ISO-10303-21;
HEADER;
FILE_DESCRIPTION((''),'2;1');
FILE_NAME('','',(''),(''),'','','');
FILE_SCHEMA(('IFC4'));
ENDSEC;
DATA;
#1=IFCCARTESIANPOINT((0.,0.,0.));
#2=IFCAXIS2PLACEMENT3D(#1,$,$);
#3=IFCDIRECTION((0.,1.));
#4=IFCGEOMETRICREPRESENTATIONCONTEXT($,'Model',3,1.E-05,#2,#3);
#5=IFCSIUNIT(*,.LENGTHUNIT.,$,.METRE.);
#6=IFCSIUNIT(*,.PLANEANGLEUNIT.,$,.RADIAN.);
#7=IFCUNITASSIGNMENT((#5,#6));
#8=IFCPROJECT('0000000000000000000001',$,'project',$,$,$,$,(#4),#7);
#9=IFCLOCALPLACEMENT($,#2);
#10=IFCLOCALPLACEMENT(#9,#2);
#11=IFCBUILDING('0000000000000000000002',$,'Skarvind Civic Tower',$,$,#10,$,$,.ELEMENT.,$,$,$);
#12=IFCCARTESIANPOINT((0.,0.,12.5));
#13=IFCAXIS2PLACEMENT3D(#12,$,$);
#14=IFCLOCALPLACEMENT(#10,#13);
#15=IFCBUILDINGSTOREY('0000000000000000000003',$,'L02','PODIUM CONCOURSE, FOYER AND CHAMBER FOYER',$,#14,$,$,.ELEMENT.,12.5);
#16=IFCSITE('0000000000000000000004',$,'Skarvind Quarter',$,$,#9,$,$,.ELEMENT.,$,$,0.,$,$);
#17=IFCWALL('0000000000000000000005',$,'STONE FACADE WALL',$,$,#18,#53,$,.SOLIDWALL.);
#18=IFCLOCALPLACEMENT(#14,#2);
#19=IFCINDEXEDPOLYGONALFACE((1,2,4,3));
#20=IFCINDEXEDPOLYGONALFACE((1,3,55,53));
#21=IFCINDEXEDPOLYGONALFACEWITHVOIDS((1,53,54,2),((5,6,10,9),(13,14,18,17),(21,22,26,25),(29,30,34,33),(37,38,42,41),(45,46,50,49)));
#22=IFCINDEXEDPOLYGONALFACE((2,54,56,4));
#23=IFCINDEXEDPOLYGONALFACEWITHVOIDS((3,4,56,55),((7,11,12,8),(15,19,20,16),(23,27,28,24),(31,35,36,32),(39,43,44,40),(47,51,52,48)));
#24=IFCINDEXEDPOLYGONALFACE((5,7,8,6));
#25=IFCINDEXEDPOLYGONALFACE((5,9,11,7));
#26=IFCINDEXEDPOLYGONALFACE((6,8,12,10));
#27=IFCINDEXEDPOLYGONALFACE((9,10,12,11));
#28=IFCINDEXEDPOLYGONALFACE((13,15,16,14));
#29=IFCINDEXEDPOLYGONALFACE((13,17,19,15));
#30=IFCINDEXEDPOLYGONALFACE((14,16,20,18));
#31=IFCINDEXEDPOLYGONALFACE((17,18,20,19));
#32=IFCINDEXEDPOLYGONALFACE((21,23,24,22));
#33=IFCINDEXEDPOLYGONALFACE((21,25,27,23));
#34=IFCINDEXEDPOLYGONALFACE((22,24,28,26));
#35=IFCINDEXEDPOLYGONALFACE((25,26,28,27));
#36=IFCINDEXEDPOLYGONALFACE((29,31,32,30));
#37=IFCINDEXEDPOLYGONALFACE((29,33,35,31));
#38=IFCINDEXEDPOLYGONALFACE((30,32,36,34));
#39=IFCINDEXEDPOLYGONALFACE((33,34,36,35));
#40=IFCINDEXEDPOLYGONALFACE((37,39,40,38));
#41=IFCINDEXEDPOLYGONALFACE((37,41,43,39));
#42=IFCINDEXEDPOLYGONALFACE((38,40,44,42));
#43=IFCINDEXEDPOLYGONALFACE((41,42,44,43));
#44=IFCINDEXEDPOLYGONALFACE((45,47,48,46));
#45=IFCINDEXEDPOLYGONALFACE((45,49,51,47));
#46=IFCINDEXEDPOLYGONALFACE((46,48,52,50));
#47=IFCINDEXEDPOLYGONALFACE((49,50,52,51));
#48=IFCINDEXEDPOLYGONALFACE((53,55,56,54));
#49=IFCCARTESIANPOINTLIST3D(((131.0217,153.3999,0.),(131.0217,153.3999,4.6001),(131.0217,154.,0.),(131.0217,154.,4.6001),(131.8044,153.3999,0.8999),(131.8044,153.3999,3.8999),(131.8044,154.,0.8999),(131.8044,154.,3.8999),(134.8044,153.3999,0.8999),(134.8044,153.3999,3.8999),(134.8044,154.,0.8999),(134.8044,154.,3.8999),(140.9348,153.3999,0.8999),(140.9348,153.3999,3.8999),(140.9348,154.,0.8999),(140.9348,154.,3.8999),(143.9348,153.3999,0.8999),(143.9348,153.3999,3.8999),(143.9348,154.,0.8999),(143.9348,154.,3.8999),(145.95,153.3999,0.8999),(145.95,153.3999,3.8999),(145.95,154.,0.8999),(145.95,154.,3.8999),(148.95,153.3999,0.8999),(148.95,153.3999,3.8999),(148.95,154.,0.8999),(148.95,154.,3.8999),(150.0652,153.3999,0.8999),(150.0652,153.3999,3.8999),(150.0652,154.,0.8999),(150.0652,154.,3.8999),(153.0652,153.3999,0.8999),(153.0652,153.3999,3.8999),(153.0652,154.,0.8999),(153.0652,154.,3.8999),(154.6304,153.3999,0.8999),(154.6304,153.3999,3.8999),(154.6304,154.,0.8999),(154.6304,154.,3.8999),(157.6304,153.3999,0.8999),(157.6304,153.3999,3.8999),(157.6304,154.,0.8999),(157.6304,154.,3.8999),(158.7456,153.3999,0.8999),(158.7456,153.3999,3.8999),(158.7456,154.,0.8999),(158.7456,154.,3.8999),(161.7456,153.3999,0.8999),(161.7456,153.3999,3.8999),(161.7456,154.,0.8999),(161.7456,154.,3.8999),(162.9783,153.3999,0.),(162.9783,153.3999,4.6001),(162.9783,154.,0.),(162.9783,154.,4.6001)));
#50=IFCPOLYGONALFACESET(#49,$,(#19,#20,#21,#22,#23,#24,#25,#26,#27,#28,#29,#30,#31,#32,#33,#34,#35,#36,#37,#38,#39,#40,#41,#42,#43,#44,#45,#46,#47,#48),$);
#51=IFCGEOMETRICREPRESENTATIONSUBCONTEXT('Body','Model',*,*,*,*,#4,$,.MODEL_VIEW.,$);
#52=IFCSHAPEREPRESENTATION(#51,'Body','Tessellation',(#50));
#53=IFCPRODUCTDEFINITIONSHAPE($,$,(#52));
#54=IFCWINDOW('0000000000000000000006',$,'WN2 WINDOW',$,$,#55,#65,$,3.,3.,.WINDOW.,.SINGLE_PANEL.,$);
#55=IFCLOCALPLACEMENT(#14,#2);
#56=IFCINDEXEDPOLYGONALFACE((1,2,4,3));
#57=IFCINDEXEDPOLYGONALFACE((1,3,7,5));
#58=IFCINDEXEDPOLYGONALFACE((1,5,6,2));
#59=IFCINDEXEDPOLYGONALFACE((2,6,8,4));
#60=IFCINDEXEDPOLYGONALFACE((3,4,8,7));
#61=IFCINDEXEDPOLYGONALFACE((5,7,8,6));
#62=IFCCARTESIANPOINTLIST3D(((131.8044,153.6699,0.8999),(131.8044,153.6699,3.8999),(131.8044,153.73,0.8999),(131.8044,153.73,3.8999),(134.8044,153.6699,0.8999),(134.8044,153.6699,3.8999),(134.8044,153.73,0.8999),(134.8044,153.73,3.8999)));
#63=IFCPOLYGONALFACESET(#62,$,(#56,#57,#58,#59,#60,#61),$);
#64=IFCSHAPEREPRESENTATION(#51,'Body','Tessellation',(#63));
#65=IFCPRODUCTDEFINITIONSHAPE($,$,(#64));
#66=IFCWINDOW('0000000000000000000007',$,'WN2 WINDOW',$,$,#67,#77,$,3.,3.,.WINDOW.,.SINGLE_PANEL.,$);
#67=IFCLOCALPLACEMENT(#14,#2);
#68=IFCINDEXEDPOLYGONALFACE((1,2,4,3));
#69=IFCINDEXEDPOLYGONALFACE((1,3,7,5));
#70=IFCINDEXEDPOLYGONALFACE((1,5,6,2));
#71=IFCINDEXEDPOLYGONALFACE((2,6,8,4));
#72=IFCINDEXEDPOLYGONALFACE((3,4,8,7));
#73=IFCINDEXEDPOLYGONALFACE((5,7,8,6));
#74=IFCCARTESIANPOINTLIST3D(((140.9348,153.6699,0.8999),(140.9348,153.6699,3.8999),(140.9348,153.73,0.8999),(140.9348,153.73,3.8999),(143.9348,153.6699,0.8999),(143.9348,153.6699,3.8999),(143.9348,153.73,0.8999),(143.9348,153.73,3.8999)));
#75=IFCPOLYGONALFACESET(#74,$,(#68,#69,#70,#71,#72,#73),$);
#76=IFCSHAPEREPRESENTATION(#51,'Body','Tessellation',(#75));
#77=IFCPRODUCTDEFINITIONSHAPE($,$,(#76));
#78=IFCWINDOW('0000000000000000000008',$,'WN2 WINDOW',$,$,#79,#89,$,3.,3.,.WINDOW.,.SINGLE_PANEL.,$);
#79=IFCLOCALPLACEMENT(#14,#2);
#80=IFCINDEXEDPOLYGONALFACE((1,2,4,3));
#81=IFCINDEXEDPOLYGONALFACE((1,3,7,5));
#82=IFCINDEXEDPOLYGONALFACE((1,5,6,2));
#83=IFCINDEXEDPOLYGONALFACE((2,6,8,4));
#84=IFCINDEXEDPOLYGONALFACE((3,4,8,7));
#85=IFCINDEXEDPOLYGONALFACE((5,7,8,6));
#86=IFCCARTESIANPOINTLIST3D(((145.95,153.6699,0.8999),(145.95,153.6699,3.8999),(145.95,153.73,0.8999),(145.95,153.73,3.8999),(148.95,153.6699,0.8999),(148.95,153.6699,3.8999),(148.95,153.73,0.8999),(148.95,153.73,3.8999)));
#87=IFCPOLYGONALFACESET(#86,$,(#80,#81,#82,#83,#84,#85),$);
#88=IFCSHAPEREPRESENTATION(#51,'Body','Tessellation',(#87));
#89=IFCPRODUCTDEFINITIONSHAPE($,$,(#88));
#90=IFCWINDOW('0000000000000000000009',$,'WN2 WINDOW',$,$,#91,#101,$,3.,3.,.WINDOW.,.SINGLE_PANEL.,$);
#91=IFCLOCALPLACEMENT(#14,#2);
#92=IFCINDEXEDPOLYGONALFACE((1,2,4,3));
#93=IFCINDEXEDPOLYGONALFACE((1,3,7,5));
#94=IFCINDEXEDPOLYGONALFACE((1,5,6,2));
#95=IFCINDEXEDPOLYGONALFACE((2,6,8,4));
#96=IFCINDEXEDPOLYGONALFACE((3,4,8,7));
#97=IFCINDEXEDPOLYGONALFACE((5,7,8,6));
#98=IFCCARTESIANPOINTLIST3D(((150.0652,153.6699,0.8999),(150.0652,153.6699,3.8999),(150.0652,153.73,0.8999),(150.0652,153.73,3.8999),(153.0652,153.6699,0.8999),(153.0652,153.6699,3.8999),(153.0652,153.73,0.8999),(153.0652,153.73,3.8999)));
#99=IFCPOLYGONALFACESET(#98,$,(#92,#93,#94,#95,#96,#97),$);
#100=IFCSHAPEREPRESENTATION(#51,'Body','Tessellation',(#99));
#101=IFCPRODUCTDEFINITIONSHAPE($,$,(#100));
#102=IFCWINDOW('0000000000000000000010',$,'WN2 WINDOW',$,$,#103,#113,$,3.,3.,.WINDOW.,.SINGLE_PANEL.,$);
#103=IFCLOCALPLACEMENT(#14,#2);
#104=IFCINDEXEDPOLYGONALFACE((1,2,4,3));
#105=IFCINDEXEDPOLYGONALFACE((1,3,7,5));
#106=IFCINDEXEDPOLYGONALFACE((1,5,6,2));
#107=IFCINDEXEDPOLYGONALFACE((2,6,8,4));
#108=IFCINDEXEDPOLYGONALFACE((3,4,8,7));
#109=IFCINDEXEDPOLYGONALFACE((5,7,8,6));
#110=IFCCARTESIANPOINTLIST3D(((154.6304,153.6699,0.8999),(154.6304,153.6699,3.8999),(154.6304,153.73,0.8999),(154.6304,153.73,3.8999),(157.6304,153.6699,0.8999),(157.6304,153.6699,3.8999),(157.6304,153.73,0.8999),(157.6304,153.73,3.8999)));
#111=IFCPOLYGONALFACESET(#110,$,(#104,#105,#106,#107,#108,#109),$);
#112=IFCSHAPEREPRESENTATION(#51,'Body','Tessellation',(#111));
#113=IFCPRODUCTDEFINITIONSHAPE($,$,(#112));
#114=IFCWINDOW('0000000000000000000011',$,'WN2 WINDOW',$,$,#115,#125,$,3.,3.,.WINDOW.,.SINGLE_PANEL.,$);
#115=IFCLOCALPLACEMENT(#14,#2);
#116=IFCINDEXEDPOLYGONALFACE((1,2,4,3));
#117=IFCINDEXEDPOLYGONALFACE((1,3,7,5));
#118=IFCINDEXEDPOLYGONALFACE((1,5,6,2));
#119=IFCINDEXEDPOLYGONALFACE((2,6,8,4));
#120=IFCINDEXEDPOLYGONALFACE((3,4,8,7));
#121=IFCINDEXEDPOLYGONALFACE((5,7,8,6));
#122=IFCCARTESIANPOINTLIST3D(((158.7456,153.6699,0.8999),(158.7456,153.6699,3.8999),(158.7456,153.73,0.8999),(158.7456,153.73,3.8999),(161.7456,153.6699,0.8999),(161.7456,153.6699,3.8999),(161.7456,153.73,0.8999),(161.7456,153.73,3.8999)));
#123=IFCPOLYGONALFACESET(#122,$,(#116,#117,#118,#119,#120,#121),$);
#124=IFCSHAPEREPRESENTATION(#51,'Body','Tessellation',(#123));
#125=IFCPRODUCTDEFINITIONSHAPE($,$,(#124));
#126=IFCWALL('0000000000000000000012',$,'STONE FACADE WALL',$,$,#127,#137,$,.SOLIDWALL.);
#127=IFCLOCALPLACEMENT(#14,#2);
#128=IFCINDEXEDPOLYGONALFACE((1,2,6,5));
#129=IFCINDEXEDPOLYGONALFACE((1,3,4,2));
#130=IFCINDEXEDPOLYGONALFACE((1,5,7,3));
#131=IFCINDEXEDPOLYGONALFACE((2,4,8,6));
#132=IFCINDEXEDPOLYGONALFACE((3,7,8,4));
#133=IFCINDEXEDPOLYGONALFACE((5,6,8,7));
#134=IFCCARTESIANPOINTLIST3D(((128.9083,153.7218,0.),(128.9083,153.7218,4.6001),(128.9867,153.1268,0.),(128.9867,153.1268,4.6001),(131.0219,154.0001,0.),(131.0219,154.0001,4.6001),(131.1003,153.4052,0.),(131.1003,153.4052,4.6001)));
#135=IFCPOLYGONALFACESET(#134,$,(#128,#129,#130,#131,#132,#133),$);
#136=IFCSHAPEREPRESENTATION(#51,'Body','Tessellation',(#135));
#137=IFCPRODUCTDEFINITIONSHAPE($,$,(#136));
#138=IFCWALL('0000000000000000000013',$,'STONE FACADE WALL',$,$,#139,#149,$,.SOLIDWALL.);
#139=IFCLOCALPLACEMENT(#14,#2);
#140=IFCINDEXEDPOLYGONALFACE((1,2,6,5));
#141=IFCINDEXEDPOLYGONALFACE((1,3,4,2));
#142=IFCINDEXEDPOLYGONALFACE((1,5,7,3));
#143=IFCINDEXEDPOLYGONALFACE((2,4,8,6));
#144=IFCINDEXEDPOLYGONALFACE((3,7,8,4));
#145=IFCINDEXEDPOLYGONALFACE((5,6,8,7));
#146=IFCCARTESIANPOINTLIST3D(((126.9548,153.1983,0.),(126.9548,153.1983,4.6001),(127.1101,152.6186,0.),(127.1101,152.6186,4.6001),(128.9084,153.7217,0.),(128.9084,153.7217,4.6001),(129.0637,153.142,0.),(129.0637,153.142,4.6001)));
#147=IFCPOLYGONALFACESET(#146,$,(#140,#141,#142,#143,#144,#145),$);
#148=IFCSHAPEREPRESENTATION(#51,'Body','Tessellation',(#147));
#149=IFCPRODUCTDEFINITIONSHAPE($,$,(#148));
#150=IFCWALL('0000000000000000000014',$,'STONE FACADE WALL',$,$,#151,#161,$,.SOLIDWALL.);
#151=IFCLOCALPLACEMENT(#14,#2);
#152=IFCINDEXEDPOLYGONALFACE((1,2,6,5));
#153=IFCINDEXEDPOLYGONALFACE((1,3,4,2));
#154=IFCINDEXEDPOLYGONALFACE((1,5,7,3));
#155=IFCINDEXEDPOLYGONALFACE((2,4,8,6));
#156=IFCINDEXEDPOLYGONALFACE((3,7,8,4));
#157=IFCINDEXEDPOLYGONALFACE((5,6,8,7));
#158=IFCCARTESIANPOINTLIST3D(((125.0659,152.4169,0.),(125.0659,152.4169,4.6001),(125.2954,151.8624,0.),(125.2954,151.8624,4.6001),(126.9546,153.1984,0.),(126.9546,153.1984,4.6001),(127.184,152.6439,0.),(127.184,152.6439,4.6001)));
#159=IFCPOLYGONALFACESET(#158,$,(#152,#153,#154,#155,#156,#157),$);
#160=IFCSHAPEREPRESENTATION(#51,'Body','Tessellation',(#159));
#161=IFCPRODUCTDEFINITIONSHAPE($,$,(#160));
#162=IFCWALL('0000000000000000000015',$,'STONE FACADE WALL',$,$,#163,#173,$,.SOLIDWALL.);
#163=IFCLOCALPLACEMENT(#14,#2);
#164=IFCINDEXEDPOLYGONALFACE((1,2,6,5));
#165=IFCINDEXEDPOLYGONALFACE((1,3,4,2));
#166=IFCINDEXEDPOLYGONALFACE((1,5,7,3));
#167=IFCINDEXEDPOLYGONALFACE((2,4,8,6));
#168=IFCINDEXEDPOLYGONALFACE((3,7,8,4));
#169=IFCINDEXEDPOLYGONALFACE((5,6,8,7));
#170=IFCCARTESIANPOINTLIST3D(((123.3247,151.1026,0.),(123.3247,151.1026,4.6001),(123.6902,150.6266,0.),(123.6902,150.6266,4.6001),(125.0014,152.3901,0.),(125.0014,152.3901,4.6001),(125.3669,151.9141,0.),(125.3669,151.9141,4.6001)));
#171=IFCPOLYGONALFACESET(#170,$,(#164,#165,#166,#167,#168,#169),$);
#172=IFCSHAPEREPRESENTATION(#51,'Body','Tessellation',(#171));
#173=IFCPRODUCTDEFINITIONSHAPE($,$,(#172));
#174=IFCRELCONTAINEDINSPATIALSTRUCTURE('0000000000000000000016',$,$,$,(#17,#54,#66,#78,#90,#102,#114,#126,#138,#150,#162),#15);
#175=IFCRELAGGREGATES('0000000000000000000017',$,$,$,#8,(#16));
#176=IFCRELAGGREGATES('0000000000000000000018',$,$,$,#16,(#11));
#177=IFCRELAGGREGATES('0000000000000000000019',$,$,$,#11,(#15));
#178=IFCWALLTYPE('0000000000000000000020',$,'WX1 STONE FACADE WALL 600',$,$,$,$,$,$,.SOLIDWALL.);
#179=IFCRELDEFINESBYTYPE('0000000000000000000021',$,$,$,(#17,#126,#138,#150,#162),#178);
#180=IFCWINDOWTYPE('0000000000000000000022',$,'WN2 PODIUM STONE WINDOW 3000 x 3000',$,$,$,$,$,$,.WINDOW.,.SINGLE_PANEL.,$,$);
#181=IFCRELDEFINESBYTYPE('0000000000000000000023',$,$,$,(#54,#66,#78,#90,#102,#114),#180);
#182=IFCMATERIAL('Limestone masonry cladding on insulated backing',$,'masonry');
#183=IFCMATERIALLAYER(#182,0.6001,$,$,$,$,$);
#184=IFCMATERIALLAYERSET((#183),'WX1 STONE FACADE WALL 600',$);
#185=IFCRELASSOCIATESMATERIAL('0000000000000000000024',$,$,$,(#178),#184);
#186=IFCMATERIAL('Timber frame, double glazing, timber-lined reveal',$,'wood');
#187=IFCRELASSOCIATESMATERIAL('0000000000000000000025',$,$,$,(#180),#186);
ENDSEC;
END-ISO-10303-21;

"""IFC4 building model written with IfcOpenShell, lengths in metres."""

from ifc_helpers import new_model, si_unit, direction, frame, frame_2d, origin, place, context, subcontext, project, spatial, rectangle, extrude, material, layer, layer_set, type_object, element, fill, save


model = new_model("IFC4")

# Units and contexts
model_context = context("Model", 3, precision=1e-05, world=origin(), true_north=direction((0.0, 1.0)))
body_context = subcontext(model_context, "Body", "Model", "MODEL_VIEW")
ifc_project = project(units=[si_unit("LENGTHUNIT", "METRE"), si_unit("PLANEANGLEUNIT", "RADIAN")], contexts=[model_context])

# Site, building, storey
site_placement = place(None, origin())
site = spatial("IfcSite", under=ifc_project, at=site_placement, Name="Skarvind Quarter", CompositionType="ELEMENT", RefElevation=0.0)
building_placement = place(site_placement, origin())
building = spatial("IfcBuilding", under=site, at=building_placement, Name="Skarvind Civic Tower", CompositionType="ELEMENT")
storey_placement = place(building_placement, frame((0.0, 0.0, 12.5)))
storey = spatial("IfcBuildingStorey", under=building, at=storey_placement, Name="L02", Description="PODIUM CONCOURSE, FOYER AND CHAMBER FOYER", CompositionType="ELEMENT", Elevation=12.5)

# Wall, openings, windows
ifc_material_1 = material(Name="Limestone masonry cladding on insulated backing", Category="masonry")
ifc_layer_1 = layer(ifc_material_1, 0.6001)
ifc_layer_set_1 = layer_set([ifc_layer_1], Name="WX1 STONE FACADE WALL 600")
wall_type_1 = type_object("IfcWallType", Name="WX1 STONE FACADE WALL 600", PredefinedType="SOLIDWALL", material=ifc_layer_set_1)
wall_1_placement = place(storey_placement, frame((131.0217, 153.7, 0.0), z_axis=(0.0, 0.0, 1.0), x_axis=(1.0, 0.0, 0.0)))
wall_1 = element("IfcWall", 1, at=wall_1_placement, inside=storey, type_object=wall_type_1, Name="STONE FACADE WALL", PredefinedType="SOLIDWALL", context=body_context, shape_type="SweptSolid", body=[
    extrude(rectangle(XDim=31.9565, YDim=0.6001, at=frame_2d((15.9783, 0.0))), origin(), (0.0, 0.0, 1.0), 4.6001),
])
opening_1_placement = place(wall_1_placement, frame((0.7827, 0.0, 0.8999)))
opening_1 = element("IfcOpeningElement", 2, at=opening_1_placement, cuts=wall_1, PredefinedType="OPENING", context=body_context, shape_type="SweptSolid", body=[
    extrude(rectangle(XDim=3.0, YDim=3.0, at=frame_2d((1.5, 1.5))), frame((0.0, 0.3101, 0.0), z_axis=(0.0, -1.0, 0.0), x_axis=(1.0, 0.0, 0.0)), (0.0, 0.0, 1.0), 0.6201),
])
opening_2_placement = place(wall_1_placement, frame((9.9131, 0.0, 0.8999)))
opening_2 = element("IfcOpeningElement", 3, at=opening_2_placement, cuts=wall_1, PredefinedType="OPENING", context=body_context, shape_type="SweptSolid", body=[
    extrude(rectangle(XDim=3.0, YDim=3.0, at=frame_2d((1.5, 1.5))), frame((0.0, 0.3101, 0.0), z_axis=(0.0, -1.0, 0.0), x_axis=(1.0, 0.0, 0.0)), (0.0, 0.0, 1.0), 0.6201),
])
opening_3_placement = place(wall_1_placement, frame((14.9282, 0.0, 0.8999)))
opening_3 = element("IfcOpeningElement", 4, at=opening_3_placement, cuts=wall_1, PredefinedType="OPENING", context=body_context, shape_type="SweptSolid", body=[
    extrude(rectangle(XDim=3.0, YDim=3.0, at=frame_2d((1.5, 1.5))), frame((0.0, 0.3101, 0.0), z_axis=(0.0, -1.0, 0.0), x_axis=(1.0, 0.0, 0.0)), (0.0, 0.0, 1.0), 0.6201),
])
opening_4_placement = place(wall_1_placement, frame((19.0435, 0.0, 0.8999)))
opening_4 = element("IfcOpeningElement", 5, at=opening_4_placement, cuts=wall_1, PredefinedType="OPENING", context=body_context, shape_type="SweptSolid", body=[
    extrude(rectangle(XDim=3.0, YDim=3.0, at=frame_2d((1.5, 1.5))), frame((0.0, 0.3101, 0.0), z_axis=(0.0, -1.0, 0.0), x_axis=(1.0, 0.0, 0.0)), (0.0, 0.0, 1.0), 0.6201),
])
opening_5_placement = place(wall_1_placement, frame((23.6086, 0.0, 0.8999)))
opening_5 = element("IfcOpeningElement", 6, at=opening_5_placement, cuts=wall_1, PredefinedType="OPENING", context=body_context, shape_type="SweptSolid", body=[
    extrude(rectangle(XDim=3.0, YDim=3.0, at=frame_2d((1.5, 1.5))), frame((0.0, 0.3101, 0.0), z_axis=(0.0, -1.0, 0.0), x_axis=(1.0, 0.0, 0.0)), (0.0, 0.0, 1.0), 0.6201),
])
opening_6_placement = place(wall_1_placement, frame((27.7239, 0.0, 0.8999)))
opening_6 = element("IfcOpeningElement", 7, at=opening_6_placement, cuts=wall_1, PredefinedType="OPENING", context=body_context, shape_type="SweptSolid", body=[
    extrude(rectangle(XDim=3.0, YDim=3.0, at=frame_2d((1.5, 1.5))), frame((0.0, 0.3101, 0.0), z_axis=(0.0, -1.0, 0.0), x_axis=(1.0, 0.0, 0.0)), (0.0, 0.0, 1.0), 0.6201),
])
ifc_material_2 = material(Name="Timber frame, double glazing, timber-lined reveal", Category="wood")
window_type = type_object("IfcWindowType", Name="WN2 PODIUM STONE WINDOW 3000 x 3000", PartitioningType="SINGLE_PANEL", PredefinedType="WINDOW", material=ifc_material_2)
window_1_placement = place(opening_1_placement, origin())
window_1 = element("IfcWindow", 8, at=window_1_placement, inside=storey, type_object=window_type, Name="WN2 WINDOW", OverallHeight=3.0, OverallWidth=3.0, PartitioningType="SINGLE_PANEL", PredefinedType="WINDOW", context=body_context, shape_type="SweptSolid", body=[
    extrude(rectangle(XDim=3.0, YDim=3.0, at=frame_2d((1.5, 1.5))), frame((0.0, 0.03, 0.0), z_axis=(0.0, -1.0, 0.0), x_axis=(1.0, 0.0, 0.0)), (0.0, 0.0, 1.0), 0.0601),
])
fill(opening_1, window_1)
window_2_placement = place(opening_2_placement, origin())
window_2 = element("IfcWindow", 9, at=window_2_placement, inside=storey, type_object=window_type, Name="WN2 WINDOW", OverallHeight=3.0, OverallWidth=3.0, PartitioningType="SINGLE_PANEL", PredefinedType="WINDOW", context=body_context, shape_type="SweptSolid", body=[
    extrude(rectangle(XDim=3.0, YDim=3.0, at=frame_2d((1.5, 1.5))), frame((0.0, 0.03, 0.0), z_axis=(0.0, -1.0, 0.0), x_axis=(1.0, 0.0, 0.0)), (0.0, 0.0, 1.0), 0.0601),
])
fill(opening_2, window_2)
window_3_placement = place(opening_3_placement, origin())
window_3 = element("IfcWindow", 10, at=window_3_placement, inside=storey, type_object=window_type, Name="WN2 WINDOW", OverallHeight=3.0, OverallWidth=3.0, PartitioningType="SINGLE_PANEL", PredefinedType="WINDOW", context=body_context, shape_type="SweptSolid", body=[
    extrude(rectangle(XDim=3.0, YDim=3.0, at=frame_2d((1.5, 1.5))), frame((0.0, 0.03, 0.0), z_axis=(0.0, -1.0, 0.0), x_axis=(1.0, 0.0, 0.0)), (0.0, 0.0, 1.0), 0.0601),
])
fill(opening_3, window_3)
window_4_placement = place(opening_4_placement, origin())
window_4 = element("IfcWindow", 11, at=window_4_placement, inside=storey, type_object=window_type, Name="WN2 WINDOW", OverallHeight=3.0, OverallWidth=3.0, PartitioningType="SINGLE_PANEL", PredefinedType="WINDOW", context=body_context, shape_type="SweptSolid", body=[
    extrude(rectangle(XDim=3.0, YDim=3.0, at=frame_2d((1.5, 1.5))), frame((0.0, 0.03, 0.0), z_axis=(0.0, -1.0, 0.0), x_axis=(1.0, 0.0, 0.0)), (0.0, 0.0, 1.0), 0.0601),
])
fill(opening_4, window_4)
window_5_placement = place(opening_5_placement, origin())
window_5 = element("IfcWindow", 12, at=window_5_placement, inside=storey, type_object=window_type, Name="WN2 WINDOW", OverallHeight=3.0, OverallWidth=3.0, PartitioningType="SINGLE_PANEL", PredefinedType="WINDOW", context=body_context, shape_type="SweptSolid", body=[
    extrude(rectangle(XDim=3.0, YDim=3.0, at=frame_2d((1.5, 1.5))), frame((0.0, 0.03, 0.0), z_axis=(0.0, -1.0, 0.0), x_axis=(1.0, 0.0, 0.0)), (0.0, 0.0, 1.0), 0.0601),
])
fill(opening_5, window_5)
window_6_placement = place(opening_6_placement, origin())
window_6 = element("IfcWindow", 13, at=window_6_placement, inside=storey, type_object=window_type, Name="WN2 WINDOW", OverallHeight=3.0, OverallWidth=3.0, PartitioningType="SINGLE_PANEL", PredefinedType="WINDOW", context=body_context, shape_type="SweptSolid", body=[
    extrude(rectangle(XDim=3.0, YDim=3.0, at=frame_2d((1.5, 1.5))), frame((0.0, 0.03, 0.0), z_axis=(0.0, -1.0, 0.0), x_axis=(1.0, 0.0, 0.0)), (0.0, 0.0, 1.0), 0.0601),
])
fill(opening_6, window_6)

# Walls
wall_2_placement = place(storey_placement, frame((128.9475, 153.4243, 0.0), z_axis=(0.0, 0.0, 1.0), x_axis=(0.991441, 0.130558, 0.0)))
element("IfcWall", 14, at=wall_2_placement, inside=storey, type_object=wall_type_1, Name="STONE FACADE WALL", PredefinedType="SOLIDWALL", context=body_context, shape_type="SweptSolid", body=[
    extrude(rectangle(XDim=2.1318, YDim=0.6001, at=frame_2d((1.0659, 0.0))), origin(), (0.0, 0.0, 1.0), 4.6001),
])
wall_3_placement = place(storey_placement, frame((127.0325, 152.9084, 0.0), z_axis=(0.0, 0.0, 1.0), x_axis=(0.96593, 0.258804, 0.0)))
element("IfcWall", 15, at=wall_3_placement, inside=storey, type_object=wall_type_1, Name="STONE FACADE WALL", PredefinedType="SOLIDWALL", context=body_context, shape_type="SweptSolid", body=[
    extrude(rectangle(XDim=2.0225, YDim=0.6001, at=frame_2d((1.0112, 0.0))), origin(), (0.0, 0.0, 1.0), 4.6001),
])
wall_4_placement = place(storey_placement, frame((125.1807, 152.1396, 0.0), z_axis=(0.0, 0.0, 1.0), x_axis=(0.924021, 0.382341, 0.0)))
element("IfcWall", 16, at=wall_4_placement, inside=storey, type_object=wall_type_1, Name="STONE FACADE WALL", PredefinedType="SOLIDWALL", context=body_context, shape_type="SweptSolid", body=[
    extrude(rectangle(XDim=2.0439, YDim=0.6001, at=frame_2d((1.022, 0.0))), origin(), (0.0, 0.0, 1.0), 4.6001),
])
wall_5_placement = place(storey_placement, frame((123.5073, 150.8645, 0.0), z_axis=(0.0, 0.0, 1.0), x_axis=(0.79313, 0.609052, 0.0)))
element("IfcWall", 17, at=wall_5_placement, inside=storey, type_object=wall_type_1, Name="STONE FACADE WALL", PredefinedType="SOLIDWALL", context=body_context, shape_type="SweptSolid", body=[
    extrude(rectangle(XDim=2.114, YDim=0.6001, at=frame_2d((1.0571, 0.0))), origin(), (0.0, 0.0, 1.0), 4.6001),
])

save(model, "model.ifc")
